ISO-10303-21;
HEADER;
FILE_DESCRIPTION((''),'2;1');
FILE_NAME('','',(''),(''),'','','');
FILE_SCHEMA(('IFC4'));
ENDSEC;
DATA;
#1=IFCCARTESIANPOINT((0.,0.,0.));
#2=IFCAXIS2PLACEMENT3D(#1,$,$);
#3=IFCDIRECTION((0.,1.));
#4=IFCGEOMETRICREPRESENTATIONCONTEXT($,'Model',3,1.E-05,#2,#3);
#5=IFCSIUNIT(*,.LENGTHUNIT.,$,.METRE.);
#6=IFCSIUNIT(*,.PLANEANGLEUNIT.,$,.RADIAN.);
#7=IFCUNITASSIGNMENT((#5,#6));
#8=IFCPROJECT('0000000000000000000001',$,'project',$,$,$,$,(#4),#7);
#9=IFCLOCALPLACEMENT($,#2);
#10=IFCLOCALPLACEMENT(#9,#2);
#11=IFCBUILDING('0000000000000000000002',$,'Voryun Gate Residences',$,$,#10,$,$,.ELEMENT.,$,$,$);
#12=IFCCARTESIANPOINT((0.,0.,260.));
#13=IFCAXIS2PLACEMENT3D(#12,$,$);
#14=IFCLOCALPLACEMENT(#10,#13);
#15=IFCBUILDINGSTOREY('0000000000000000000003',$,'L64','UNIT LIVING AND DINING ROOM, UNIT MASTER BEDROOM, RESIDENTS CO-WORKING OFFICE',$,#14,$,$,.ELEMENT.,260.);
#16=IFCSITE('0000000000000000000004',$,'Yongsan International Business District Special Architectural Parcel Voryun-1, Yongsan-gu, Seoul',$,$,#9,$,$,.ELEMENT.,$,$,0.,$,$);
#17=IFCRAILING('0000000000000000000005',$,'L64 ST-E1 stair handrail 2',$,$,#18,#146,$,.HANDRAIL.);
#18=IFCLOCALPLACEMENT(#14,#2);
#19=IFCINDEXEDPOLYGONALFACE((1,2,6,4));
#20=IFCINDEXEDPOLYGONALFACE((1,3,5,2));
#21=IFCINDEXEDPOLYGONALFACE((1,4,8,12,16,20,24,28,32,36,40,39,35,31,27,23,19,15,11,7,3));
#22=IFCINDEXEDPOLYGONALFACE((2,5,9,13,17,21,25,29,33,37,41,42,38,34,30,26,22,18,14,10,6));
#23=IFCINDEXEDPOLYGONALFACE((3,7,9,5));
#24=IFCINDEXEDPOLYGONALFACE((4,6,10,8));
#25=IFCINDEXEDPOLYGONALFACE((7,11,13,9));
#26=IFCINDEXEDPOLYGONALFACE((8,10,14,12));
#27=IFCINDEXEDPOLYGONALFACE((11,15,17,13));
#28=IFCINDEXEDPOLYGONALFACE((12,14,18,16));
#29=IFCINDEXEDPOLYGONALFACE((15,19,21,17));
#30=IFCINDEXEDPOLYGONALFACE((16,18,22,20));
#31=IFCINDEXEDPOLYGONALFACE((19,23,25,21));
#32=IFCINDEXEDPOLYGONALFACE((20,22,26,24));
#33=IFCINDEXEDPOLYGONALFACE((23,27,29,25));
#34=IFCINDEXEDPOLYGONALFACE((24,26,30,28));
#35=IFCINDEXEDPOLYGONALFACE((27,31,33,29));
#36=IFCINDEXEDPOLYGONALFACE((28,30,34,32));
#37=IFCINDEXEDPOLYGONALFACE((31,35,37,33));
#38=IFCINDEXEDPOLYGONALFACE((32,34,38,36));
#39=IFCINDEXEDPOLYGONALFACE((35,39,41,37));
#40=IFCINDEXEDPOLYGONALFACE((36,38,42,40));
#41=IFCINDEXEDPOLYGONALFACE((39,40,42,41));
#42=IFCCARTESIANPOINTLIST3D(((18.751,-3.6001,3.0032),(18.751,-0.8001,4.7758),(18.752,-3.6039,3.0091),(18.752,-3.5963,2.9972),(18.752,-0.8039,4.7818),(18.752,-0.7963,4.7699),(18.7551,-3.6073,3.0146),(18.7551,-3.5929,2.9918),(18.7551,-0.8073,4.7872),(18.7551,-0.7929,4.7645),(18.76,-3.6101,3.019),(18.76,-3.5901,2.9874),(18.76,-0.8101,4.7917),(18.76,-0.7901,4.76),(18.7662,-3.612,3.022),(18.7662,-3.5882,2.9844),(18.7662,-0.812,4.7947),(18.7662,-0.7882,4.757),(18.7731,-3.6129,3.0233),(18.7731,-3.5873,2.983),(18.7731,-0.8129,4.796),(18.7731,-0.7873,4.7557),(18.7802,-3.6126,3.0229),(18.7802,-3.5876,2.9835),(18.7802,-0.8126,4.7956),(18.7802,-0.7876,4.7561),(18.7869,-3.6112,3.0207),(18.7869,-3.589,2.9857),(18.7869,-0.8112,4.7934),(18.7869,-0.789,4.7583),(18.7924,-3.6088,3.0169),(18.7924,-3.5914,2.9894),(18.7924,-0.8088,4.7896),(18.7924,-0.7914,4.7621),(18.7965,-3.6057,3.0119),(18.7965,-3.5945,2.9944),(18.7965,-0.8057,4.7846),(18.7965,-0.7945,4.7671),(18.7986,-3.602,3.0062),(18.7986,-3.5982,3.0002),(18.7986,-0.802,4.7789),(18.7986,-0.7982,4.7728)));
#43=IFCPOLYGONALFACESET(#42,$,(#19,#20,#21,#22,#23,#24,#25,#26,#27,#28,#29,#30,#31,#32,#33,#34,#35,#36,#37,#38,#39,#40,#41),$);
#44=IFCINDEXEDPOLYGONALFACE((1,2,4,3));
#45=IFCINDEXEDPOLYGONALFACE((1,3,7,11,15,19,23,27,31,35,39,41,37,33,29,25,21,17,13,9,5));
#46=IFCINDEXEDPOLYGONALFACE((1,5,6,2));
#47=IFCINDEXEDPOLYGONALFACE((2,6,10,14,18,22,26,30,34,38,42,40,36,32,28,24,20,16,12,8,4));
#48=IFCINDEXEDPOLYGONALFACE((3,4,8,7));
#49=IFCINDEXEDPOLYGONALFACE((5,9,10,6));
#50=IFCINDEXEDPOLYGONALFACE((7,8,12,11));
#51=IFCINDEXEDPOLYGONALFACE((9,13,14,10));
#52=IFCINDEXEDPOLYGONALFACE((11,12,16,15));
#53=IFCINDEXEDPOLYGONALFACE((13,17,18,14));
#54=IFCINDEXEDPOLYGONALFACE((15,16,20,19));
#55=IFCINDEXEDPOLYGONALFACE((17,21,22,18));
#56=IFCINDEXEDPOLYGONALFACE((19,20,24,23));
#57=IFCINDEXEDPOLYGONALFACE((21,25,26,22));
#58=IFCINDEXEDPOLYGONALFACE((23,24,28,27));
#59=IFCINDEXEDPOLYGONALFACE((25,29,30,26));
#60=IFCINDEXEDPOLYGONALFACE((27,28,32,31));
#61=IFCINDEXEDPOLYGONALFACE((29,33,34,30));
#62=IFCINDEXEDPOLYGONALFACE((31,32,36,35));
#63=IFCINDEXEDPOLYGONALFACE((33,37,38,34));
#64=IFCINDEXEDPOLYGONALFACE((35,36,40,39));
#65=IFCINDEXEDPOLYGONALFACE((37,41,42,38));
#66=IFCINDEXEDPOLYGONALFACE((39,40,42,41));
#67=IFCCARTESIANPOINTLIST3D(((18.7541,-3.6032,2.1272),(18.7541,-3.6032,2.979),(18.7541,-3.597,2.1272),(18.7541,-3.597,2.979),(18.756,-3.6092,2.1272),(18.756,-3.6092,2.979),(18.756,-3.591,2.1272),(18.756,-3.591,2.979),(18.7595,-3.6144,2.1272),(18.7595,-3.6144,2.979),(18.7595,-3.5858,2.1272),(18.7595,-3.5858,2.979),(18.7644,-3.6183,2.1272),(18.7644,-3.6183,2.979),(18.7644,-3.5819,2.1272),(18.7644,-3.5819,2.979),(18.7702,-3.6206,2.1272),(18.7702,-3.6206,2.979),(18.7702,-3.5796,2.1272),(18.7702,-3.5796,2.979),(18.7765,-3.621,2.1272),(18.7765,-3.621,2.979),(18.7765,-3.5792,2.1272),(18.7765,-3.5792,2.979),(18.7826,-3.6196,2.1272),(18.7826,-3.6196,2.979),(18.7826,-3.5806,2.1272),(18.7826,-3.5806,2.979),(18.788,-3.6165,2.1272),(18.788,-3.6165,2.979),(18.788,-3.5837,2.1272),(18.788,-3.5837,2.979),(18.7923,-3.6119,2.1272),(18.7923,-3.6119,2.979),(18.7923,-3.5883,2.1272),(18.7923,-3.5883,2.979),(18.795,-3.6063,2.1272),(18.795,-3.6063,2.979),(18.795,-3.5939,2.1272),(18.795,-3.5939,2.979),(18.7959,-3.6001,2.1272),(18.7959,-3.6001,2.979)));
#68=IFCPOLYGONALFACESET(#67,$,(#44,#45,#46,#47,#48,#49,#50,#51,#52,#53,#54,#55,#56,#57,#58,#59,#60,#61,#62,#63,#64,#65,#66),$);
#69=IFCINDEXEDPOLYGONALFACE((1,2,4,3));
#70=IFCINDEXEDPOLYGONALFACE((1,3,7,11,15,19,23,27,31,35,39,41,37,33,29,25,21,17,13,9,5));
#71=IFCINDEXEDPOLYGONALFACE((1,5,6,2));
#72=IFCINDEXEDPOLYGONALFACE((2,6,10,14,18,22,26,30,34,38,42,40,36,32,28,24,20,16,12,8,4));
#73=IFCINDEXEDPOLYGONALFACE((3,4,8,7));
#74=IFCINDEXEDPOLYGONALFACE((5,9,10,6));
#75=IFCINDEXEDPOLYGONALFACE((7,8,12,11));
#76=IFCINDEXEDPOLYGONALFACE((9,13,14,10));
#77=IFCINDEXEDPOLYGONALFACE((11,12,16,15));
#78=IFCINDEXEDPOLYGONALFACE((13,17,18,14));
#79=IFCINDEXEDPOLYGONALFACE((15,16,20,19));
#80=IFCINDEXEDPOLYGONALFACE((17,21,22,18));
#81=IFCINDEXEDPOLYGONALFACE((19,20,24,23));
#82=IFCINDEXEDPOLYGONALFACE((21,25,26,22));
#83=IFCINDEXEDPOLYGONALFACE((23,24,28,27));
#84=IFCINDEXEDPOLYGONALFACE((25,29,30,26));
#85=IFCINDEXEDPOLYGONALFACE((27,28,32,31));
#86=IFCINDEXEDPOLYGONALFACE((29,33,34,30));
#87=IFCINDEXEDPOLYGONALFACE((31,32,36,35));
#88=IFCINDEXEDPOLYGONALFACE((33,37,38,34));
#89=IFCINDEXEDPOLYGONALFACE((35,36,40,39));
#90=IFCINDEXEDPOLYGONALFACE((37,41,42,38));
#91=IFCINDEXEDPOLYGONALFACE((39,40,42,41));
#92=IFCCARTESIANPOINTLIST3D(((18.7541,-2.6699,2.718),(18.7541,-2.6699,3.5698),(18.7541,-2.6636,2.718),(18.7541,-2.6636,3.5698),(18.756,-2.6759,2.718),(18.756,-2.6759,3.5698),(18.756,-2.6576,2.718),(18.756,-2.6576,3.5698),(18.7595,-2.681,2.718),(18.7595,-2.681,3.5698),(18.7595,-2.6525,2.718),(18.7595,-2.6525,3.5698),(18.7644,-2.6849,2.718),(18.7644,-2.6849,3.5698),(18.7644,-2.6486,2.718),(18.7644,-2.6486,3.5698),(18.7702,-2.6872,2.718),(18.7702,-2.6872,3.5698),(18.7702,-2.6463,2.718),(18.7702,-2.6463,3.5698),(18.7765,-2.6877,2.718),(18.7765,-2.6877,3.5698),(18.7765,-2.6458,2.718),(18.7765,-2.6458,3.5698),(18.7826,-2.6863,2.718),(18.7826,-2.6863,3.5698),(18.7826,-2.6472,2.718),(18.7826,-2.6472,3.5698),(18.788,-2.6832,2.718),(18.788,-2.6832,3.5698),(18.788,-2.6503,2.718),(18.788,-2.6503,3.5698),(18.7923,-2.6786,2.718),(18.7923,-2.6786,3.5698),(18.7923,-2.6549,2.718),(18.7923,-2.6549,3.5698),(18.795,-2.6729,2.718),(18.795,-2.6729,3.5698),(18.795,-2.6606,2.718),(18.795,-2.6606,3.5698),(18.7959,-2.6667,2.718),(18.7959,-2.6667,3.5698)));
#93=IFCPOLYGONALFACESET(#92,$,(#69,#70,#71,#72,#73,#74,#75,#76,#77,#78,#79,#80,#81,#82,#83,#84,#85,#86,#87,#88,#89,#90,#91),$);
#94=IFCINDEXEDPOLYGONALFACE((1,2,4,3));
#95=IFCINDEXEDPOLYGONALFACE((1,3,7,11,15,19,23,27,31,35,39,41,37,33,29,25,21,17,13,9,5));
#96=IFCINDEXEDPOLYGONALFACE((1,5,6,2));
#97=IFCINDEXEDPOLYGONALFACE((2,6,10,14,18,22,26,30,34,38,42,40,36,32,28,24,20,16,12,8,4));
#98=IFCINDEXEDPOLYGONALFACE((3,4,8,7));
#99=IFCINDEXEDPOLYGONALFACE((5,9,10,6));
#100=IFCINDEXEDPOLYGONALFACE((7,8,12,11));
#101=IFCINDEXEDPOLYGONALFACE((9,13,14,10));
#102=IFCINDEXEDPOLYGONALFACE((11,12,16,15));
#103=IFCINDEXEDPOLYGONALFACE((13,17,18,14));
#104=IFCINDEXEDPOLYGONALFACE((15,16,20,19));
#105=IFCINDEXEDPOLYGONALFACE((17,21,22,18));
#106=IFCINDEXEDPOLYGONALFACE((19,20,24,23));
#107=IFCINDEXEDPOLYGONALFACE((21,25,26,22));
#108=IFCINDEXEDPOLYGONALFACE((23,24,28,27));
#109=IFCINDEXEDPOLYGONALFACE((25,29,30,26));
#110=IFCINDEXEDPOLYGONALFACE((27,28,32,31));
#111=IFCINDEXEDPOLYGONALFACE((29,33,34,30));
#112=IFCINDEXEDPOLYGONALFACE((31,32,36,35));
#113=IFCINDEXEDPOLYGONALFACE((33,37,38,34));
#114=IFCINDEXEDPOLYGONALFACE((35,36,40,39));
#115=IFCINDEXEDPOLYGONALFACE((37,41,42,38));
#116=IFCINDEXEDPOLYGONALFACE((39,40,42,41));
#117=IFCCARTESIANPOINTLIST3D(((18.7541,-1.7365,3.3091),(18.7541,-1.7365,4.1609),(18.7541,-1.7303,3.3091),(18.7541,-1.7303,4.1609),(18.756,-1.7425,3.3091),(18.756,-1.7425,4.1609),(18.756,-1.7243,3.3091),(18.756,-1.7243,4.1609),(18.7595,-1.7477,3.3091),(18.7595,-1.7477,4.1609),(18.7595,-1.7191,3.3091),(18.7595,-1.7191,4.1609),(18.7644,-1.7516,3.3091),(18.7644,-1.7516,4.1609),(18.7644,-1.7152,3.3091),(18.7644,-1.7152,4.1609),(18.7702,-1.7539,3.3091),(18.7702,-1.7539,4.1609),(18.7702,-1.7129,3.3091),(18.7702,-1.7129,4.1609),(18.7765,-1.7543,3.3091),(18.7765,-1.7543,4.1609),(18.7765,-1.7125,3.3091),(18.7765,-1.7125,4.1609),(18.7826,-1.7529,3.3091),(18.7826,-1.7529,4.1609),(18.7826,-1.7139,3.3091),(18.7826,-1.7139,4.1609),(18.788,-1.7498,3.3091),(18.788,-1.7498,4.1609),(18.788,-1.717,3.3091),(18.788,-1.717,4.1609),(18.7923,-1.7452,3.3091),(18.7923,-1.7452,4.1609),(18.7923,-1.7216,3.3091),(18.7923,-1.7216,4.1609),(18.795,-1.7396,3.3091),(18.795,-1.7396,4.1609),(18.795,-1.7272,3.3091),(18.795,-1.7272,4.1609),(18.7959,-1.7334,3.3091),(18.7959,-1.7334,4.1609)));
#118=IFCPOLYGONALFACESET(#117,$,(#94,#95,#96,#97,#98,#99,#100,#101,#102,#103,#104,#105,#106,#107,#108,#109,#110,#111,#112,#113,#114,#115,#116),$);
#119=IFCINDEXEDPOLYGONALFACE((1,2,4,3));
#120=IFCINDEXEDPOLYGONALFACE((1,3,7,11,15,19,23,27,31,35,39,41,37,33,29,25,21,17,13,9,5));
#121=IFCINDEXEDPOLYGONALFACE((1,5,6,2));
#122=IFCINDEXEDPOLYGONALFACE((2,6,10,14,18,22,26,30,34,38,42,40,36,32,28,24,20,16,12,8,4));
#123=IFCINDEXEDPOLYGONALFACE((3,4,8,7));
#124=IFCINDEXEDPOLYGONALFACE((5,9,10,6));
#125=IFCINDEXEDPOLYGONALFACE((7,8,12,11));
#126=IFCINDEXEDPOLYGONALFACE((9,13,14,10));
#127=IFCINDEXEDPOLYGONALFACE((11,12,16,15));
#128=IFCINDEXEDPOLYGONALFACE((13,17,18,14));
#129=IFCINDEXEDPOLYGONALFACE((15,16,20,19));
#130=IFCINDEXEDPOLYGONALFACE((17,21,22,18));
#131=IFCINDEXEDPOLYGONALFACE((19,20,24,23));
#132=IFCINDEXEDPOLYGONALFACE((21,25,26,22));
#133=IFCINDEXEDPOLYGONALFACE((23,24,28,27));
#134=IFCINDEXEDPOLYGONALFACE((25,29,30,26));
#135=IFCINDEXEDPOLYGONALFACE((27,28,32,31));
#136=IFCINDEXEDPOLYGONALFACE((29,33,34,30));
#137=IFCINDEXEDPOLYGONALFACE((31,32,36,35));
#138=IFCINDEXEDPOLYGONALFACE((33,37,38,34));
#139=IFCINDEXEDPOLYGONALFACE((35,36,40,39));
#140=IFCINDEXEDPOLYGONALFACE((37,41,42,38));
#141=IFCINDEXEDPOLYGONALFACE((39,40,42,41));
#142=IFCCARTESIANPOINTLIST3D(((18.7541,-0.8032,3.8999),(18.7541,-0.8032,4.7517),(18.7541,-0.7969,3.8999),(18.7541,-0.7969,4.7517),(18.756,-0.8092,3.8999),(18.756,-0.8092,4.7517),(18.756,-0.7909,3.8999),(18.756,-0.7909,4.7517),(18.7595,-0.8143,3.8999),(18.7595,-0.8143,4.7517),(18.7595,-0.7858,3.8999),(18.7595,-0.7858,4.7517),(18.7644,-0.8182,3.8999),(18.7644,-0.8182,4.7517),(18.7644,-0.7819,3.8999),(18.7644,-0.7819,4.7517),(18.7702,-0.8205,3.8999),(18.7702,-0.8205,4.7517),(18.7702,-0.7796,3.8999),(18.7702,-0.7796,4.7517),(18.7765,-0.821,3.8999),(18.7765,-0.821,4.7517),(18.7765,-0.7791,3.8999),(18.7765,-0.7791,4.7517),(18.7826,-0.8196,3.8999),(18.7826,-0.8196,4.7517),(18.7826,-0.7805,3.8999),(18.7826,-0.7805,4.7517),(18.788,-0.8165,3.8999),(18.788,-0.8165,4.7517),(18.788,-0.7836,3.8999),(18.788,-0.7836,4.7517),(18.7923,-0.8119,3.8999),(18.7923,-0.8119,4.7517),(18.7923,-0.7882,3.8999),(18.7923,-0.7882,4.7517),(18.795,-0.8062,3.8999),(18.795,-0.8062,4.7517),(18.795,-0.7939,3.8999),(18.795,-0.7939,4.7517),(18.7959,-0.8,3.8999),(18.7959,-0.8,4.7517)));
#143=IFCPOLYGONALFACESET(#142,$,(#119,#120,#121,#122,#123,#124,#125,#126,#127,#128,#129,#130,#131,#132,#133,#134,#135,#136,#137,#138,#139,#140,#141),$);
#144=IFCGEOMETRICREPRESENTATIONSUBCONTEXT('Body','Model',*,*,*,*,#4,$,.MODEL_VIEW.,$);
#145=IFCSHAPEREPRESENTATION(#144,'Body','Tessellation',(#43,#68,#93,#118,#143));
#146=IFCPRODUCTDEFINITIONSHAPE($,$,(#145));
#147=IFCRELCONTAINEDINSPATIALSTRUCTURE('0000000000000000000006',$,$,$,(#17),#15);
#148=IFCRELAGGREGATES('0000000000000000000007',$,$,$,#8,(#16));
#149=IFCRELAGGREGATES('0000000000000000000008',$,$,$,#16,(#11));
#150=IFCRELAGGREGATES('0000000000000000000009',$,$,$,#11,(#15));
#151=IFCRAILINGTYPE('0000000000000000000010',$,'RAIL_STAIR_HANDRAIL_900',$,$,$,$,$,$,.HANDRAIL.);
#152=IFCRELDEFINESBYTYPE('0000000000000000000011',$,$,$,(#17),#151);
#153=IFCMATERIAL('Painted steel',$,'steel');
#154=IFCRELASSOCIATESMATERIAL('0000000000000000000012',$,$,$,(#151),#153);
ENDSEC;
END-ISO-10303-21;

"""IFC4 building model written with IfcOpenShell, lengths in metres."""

from ifc_helpers import new_model, si_unit, direction, frame, origin, origin_2d, place, context, subcontext, project, spatial, circle, extrude, material, type_object, element, save


model = new_model("IFC4")

# Units and contexts
model_context = context("Model", 3, precision=1e-05, world=origin(), true_north=direction((0.0, 1.0)))
body_context = subcontext(model_context, "Body", "Model", "MODEL_VIEW")
ifc_project = project(units=[si_unit("LENGTHUNIT", "METRE"), si_unit("PLANEANGLEUNIT", "RADIAN")], contexts=[model_context])

# Site, building, storey
site_placement = place(None, origin())
site = spatial("IfcSite", under=ifc_project, at=site_placement, Name="Yongsan International Business District Special Architectural Parcel Voryun-1, Yongsan-gu, Seoul", CompositionType="ELEMENT", RefElevation=0.0)
building_placement = place(site_placement, origin())
building = spatial("IfcBuilding", under=site, at=building_placement, Name="Voryun Gate Residences", CompositionType="ELEMENT")
storey_placement = place(building_placement, frame((0.0, 0.0, 260.0)))
storey = spatial("IfcBuildingStorey", under=building, at=storey_placement, Name="L64", Description="UNIT LIVING AND DINING ROOM, UNIT MASTER BEDROOM, RESIDENTS CO-WORKING OFFICE", CompositionType="ELEMENT", Elevation=260.0)

# Railing
ifc_material_1 = material(Name="Painted steel", Category="steel")
railing_type_1 = type_object("IfcRailingType", Name="RAIL_STAIR_HANDRAIL_900", PredefinedType="HANDRAIL", material=ifc_material_1)
railing_1_placement = place(storey_placement, frame((18.7749, -3.6001, 2.1272)))
element("IfcRailing", 1, at=railing_1_placement, inside=storey, type_object=railing_type_1, Name="L64 ST-E1 stair handrail 2", PredefinedType="HANDRAIL", context=body_context, shape_type="SweptSolid", body=[
    extrude(circle(Radius=0.0239, at=origin_2d()), frame((0.0, 0.0, 0.876), z_axis=(0.0, 0.844909, 0.53491), x_axis=(-1.0, 0.0, 0.0)), (0.0, 0.0, 1.0), 3.314),
    extrude(circle(Radius=0.021, at=origin_2d()), origin(), (0.0, 0.0, 1.0), 0.8518),
    extrude(circle(Radius=0.021, at=origin_2d()), frame((0.0, 0.9333, 0.5908)), (0.0, 0.0, 1.0), 0.8518),
    extrude(circle(Radius=0.021, at=origin_2d()), frame((0.0, 1.8667, 1.1819)), (0.0, 0.0, 1.0), 0.8518),
    extrude(circle(Radius=0.021, at=origin_2d()), frame((0.0, 2.8, 1.7727)), (0.0, 0.0, 1.0), 0.8518),
])

save(model, "model.ifc")
